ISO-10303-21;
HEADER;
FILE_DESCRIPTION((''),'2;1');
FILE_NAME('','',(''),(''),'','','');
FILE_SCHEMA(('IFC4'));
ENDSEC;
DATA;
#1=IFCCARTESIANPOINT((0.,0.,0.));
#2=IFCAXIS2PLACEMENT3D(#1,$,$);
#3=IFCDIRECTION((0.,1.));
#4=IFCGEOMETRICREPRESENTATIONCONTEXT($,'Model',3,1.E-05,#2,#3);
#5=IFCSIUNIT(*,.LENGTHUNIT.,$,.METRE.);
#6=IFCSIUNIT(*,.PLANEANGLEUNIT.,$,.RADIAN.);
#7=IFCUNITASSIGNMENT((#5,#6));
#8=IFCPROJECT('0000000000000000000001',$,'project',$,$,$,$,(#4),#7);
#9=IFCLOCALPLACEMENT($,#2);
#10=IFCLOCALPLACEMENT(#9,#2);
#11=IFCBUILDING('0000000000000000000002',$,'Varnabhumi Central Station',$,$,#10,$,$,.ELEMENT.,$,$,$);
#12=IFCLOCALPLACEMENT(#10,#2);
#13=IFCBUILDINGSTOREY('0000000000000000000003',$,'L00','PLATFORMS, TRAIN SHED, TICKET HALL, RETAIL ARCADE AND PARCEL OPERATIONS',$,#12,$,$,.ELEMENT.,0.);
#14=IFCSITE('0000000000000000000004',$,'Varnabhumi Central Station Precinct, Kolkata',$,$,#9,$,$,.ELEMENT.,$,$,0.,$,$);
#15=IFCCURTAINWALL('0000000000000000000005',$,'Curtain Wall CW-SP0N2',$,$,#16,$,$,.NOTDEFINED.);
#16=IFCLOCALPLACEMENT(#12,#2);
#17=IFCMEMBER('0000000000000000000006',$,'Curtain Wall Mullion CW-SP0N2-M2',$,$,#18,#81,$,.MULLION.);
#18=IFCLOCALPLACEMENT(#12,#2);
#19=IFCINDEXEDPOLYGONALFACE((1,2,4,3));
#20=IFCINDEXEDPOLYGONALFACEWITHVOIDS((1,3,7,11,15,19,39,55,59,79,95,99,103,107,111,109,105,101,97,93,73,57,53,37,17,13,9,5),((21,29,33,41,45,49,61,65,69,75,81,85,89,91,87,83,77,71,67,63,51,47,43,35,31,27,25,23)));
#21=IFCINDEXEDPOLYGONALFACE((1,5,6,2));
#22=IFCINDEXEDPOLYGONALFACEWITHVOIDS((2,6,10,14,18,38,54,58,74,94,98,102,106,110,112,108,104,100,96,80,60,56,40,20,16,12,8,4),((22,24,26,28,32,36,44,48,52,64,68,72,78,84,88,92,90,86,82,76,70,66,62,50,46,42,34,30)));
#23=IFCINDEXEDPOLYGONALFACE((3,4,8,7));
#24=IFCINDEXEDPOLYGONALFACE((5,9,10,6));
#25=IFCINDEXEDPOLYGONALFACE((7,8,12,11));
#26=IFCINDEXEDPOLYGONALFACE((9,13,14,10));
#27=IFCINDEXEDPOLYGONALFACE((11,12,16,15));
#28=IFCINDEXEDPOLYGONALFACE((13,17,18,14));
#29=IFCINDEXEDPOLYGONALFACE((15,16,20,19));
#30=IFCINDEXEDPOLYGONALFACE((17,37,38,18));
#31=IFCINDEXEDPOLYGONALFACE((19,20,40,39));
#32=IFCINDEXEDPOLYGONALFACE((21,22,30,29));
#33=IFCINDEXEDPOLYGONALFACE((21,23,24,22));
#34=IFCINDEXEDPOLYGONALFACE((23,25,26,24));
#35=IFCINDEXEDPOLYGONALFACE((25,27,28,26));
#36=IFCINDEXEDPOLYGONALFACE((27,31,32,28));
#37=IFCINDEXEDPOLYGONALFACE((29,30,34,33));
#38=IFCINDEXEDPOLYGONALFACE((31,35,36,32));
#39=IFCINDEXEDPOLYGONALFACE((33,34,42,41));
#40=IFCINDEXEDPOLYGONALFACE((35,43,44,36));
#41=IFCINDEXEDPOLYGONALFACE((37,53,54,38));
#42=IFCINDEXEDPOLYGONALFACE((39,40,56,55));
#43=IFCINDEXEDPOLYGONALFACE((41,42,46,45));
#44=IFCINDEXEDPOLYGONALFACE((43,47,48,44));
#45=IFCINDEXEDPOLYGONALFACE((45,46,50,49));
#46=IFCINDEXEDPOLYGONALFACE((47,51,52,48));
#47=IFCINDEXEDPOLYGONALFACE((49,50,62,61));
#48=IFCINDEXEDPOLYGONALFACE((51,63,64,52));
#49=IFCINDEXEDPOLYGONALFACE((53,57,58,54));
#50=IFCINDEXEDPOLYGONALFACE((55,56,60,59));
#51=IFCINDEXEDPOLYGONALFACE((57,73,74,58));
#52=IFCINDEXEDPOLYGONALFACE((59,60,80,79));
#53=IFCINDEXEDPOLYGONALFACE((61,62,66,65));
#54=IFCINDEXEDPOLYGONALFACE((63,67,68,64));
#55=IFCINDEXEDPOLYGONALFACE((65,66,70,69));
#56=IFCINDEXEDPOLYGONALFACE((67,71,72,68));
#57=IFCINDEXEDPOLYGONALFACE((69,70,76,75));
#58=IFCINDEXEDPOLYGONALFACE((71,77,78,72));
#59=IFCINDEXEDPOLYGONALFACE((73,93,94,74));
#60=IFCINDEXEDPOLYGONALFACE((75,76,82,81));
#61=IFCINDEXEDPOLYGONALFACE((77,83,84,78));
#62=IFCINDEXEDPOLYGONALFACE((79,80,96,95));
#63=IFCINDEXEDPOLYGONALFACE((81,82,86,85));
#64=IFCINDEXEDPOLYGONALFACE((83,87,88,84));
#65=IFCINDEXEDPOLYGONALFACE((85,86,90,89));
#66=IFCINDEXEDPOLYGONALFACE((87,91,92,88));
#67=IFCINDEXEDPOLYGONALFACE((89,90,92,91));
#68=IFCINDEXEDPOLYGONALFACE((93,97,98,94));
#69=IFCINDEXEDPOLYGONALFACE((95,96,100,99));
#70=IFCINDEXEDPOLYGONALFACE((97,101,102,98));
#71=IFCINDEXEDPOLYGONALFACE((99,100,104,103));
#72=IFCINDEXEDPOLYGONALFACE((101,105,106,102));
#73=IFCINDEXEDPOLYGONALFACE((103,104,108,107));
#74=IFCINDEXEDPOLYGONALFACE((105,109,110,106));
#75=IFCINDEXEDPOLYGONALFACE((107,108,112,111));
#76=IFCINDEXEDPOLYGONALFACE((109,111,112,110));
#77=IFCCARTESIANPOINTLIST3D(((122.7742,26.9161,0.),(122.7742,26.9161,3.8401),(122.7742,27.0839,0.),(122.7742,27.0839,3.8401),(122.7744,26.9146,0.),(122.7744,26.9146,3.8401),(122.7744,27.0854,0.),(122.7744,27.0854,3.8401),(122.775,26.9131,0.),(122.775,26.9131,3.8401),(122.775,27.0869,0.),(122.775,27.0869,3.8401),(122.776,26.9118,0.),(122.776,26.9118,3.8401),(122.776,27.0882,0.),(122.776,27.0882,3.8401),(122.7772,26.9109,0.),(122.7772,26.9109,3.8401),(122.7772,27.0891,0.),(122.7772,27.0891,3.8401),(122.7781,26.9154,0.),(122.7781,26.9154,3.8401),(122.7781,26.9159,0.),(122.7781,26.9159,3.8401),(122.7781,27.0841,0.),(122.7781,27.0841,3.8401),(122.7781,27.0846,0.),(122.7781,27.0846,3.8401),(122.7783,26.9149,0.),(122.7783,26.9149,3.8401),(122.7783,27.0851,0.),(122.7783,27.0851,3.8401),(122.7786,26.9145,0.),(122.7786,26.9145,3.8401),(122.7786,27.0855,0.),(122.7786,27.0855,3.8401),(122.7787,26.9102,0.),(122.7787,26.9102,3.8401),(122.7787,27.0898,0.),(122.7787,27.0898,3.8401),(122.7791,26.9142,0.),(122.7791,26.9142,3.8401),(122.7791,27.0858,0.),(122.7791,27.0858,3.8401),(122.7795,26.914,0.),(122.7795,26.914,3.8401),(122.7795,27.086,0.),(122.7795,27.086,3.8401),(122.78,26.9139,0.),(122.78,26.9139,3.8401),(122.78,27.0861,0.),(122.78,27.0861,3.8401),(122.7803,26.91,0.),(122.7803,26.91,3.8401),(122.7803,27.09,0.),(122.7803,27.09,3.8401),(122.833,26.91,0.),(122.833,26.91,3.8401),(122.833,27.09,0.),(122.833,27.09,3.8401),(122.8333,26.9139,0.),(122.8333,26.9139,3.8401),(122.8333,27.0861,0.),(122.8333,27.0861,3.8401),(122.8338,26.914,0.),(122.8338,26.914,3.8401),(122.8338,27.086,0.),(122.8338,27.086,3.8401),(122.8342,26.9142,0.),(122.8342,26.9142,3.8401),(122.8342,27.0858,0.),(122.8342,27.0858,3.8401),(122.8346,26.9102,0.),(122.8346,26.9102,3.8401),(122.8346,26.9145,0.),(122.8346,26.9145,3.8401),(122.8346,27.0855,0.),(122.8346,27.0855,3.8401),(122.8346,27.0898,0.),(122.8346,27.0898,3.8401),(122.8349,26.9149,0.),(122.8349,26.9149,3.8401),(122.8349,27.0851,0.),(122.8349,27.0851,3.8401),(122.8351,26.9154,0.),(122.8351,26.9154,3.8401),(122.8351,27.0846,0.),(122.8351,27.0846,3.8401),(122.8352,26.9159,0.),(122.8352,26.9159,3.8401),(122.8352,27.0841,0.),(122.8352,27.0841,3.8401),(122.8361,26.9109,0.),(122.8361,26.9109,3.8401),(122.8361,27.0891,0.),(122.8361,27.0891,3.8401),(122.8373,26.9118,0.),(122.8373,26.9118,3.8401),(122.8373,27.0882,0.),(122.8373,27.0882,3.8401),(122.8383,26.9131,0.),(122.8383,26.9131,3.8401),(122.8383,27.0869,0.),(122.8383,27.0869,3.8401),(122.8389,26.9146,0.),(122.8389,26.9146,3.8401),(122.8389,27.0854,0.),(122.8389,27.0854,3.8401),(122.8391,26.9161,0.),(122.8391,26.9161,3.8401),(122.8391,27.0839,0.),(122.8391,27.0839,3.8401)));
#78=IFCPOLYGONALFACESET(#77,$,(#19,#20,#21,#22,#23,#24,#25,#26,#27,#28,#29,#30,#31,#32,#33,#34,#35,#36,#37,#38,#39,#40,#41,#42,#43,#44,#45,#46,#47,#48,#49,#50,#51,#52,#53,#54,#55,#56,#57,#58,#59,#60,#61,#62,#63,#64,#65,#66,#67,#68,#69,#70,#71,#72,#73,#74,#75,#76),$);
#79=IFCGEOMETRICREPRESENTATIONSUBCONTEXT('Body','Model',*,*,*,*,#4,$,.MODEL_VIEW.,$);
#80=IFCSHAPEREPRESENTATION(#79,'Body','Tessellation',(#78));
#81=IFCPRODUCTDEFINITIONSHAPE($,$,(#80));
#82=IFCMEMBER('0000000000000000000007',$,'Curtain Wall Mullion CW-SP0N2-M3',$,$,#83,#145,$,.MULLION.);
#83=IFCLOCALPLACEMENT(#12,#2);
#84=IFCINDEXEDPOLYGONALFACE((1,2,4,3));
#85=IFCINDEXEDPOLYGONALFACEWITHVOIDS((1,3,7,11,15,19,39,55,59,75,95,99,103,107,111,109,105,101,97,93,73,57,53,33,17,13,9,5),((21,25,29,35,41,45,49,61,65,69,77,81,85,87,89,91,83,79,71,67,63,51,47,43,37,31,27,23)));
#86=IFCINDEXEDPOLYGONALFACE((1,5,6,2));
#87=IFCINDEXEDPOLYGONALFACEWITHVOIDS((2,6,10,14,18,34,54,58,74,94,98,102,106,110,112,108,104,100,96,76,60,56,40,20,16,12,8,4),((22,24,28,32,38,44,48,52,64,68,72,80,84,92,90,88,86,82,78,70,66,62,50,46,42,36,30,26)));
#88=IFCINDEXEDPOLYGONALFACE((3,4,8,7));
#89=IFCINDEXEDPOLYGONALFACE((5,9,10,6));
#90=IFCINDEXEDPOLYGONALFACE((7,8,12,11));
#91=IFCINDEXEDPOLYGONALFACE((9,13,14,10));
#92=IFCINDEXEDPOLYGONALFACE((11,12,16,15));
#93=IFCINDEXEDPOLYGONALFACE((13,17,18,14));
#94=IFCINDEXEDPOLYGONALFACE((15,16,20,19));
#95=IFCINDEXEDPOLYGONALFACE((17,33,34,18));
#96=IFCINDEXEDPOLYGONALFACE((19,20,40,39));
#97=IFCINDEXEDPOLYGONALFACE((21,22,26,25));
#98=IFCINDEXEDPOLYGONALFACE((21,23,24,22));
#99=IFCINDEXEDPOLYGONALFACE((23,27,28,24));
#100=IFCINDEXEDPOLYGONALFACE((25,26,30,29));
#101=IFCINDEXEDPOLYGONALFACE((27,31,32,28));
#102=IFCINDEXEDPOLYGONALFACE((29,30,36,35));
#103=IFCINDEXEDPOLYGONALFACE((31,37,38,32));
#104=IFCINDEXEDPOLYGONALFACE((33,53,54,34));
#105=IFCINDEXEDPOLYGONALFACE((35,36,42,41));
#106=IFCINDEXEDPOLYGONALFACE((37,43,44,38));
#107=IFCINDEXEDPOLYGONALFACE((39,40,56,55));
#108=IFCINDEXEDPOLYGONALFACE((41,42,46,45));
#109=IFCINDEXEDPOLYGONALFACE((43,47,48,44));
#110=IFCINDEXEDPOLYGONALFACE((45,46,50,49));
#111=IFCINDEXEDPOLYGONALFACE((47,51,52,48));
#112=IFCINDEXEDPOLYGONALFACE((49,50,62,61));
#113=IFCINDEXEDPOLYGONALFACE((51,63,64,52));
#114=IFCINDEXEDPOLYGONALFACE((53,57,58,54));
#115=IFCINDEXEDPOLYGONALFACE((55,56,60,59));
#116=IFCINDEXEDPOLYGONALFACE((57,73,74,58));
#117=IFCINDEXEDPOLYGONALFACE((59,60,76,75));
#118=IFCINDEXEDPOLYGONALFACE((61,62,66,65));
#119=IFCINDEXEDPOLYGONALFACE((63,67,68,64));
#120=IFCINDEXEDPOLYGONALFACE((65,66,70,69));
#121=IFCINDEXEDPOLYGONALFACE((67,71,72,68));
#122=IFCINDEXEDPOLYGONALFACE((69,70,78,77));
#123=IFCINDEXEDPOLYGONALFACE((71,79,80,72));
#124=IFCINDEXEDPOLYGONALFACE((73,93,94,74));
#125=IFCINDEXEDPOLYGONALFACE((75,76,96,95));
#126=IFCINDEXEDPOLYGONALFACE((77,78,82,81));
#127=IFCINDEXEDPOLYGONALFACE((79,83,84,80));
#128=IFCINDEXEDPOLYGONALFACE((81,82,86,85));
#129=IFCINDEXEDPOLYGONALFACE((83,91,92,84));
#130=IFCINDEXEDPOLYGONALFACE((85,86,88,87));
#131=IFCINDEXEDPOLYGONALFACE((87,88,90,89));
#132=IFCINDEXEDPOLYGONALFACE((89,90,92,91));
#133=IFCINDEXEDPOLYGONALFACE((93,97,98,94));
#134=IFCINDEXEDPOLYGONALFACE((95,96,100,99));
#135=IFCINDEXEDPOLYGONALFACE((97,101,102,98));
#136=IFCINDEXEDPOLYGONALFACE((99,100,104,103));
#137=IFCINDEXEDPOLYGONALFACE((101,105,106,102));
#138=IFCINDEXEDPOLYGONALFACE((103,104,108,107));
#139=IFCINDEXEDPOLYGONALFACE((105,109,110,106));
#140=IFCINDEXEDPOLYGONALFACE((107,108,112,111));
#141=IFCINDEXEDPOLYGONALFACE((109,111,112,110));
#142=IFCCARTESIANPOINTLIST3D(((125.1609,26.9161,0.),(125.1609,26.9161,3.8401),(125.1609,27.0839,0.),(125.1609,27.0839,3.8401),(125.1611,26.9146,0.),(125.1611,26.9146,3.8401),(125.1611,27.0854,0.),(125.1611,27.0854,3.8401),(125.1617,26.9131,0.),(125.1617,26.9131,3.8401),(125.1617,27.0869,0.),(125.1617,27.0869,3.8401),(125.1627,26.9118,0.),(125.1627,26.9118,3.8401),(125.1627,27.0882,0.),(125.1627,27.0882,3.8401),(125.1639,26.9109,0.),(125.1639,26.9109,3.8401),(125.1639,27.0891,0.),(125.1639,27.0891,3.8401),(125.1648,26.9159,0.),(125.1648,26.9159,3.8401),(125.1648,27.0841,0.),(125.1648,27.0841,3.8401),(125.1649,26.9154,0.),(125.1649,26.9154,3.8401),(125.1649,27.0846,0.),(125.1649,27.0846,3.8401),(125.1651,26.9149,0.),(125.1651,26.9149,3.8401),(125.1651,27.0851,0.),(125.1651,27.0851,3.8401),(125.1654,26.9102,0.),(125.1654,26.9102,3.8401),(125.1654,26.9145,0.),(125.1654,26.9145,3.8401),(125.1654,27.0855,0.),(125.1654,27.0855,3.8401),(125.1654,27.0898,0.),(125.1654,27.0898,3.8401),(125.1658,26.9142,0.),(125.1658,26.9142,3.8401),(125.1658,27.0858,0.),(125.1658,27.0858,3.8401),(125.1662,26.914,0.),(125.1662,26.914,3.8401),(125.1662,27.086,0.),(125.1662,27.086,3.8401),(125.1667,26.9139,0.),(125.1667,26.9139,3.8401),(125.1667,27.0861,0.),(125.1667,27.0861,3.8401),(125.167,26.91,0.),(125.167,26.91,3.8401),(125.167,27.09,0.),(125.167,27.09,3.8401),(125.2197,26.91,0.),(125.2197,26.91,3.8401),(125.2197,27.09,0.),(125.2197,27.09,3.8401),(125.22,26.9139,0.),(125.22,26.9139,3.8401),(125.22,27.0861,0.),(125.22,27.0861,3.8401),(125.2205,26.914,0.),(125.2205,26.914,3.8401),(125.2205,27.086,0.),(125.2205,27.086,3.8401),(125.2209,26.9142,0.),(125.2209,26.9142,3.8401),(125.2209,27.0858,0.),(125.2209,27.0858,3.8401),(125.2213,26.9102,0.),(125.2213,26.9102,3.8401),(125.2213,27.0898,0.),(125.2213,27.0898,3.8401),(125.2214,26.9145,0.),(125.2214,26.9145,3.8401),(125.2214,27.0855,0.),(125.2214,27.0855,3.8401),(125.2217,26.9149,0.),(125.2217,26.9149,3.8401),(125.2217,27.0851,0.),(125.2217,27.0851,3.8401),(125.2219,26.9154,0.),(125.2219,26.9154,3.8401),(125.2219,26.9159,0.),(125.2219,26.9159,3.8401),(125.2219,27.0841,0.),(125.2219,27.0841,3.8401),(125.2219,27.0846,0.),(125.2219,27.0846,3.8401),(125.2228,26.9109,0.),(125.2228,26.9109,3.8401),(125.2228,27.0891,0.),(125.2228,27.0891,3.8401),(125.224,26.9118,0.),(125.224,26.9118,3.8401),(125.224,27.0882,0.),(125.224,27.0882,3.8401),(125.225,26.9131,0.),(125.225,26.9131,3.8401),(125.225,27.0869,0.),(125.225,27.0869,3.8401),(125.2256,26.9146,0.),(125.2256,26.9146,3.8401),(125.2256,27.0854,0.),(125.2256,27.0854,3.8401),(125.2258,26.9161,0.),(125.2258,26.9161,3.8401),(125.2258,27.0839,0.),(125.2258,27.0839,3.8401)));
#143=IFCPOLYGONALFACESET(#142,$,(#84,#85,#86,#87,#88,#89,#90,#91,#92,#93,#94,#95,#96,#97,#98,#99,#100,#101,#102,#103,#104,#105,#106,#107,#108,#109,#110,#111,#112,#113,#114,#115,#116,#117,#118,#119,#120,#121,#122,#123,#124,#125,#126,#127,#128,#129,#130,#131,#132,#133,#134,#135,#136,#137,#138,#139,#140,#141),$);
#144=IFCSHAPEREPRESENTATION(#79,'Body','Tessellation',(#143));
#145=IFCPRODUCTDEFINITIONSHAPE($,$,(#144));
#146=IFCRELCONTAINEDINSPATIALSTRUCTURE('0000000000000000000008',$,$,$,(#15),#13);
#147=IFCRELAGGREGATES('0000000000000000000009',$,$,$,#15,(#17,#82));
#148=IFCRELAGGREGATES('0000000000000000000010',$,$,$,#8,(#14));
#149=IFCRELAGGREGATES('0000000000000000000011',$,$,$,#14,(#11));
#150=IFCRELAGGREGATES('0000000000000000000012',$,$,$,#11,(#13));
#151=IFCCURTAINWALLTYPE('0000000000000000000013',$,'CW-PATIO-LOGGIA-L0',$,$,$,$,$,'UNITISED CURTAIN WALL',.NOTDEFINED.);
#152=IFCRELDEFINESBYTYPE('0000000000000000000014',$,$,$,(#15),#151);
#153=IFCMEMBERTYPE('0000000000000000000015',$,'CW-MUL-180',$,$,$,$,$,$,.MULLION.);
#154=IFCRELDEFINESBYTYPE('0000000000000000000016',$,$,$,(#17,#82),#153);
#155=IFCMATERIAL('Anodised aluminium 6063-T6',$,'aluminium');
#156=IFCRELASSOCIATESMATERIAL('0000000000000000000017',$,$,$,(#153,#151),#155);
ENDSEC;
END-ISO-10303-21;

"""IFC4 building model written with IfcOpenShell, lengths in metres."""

from ifc_helpers import new_model, si_unit, direction, frame, origin, origin_2d, place, context, subcontext, project, spatial, hollow_rectangle, extrude, material, material_profile, profile_set, type_object, element, aggregate, save


model = new_model("IFC4")

# Units and contexts
model_context = context("Model", 3, precision=1e-05, world=origin(), true_north=direction((0.0, 1.0)))
body_context = subcontext(model_context, "Body", "Model", "MODEL_VIEW")
ifc_project = project(units=[si_unit("LENGTHUNIT", "METRE"), si_unit("PLANEANGLEUNIT", "RADIAN")], contexts=[model_context])

# Site, building, storey
site_placement = place(None, origin())
site = spatial("IfcSite", under=ifc_project, at=site_placement, Name="Varnabhumi Central Station Precinct, Kolkata", CompositionType="ELEMENT", RefElevation=0.0)
building_placement = place(site_placement, origin())
building = spatial("IfcBuilding", under=site, at=building_placement, Name="Varnabhumi Central Station", CompositionType="ELEMENT")
storey_placement = place(building_placement, origin())
storey = spatial("IfcBuildingStorey", under=building, at=storey_placement, Name="L00", Description="PLATFORMS, TRAIN SHED, TICKET HALL, RETAIL ARCADE AND PARCEL OPERATIONS", CompositionType="ELEMENT", Elevation=0.0)

# Shared definitions
ifc_material_1 = material(Name="Anodised aluminium 6063-T6", Category="aluminium")
ifc_material_profile_1 = material_profile(ifc_material_1, hollow_rectangle(XDim=0.0649, YDim=0.1799, WallThickness=0.0039, InnerFilletRadius=0.002, OuterFilletRadius=0.0061, at=origin_2d()), Name="Anodised aluminium 6063-T6", Category="aluminium")
ifc_profile_set_1 = profile_set([ifc_material_profile_1], Name="Anodised aluminium 6063-T6")
member_type = type_object("IfcMemberType", Name="CW-MUL-180", PredefinedType="MULLION", material=ifc_profile_set_1)

# Curtain wall, members
curtain_wall_type_1 = type_object("IfcCurtainWallType", Name="CW-PATIO-LOGGIA-L0", ElementType="UNITISED CURTAIN WALL", PredefinedType="NOTDEFINED", material=ifc_material_1)
curtain_wall_1_placement = place(storey_placement, origin())
curtain_wall_1 = element("IfcCurtainWall", 1, at=curtain_wall_1_placement, inside=storey, type_object=curtain_wall_type_1, Name="Curtain Wall CW-SP0N2", PredefinedType="NOTDEFINED")
member_1_placement = place(storey_placement, frame((122.8066, 27.0, 0.0), z_axis=(0.0, 0.0, 1.0), x_axis=(1.0, 0.0, 0.0)))
member_1 = element("IfcMember", 2, at=member_1_placement, type_object=member_type, Name="Curtain Wall Mullion CW-SP0N2-M2", PredefinedType="MULLION", context=body_context, shape_type="SweptSolid", body=[
    extrude(hollow_rectangle(XDim=0.0649, YDim=0.1799, WallThickness=0.0039, InnerFilletRadius=0.002, OuterFilletRadius=0.0061, at=origin_2d()), origin(), (0.0, 0.0, 1.0), 3.8401),
])
member_2_placement = place(storey_placement, frame((125.1934, 27.0, 0.0), z_axis=(0.0, 0.0, 1.0), x_axis=(1.0, 0.0, 0.0)))
member_2 = element("IfcMember", 3, at=member_2_placement, type_object=member_type, Name="Curtain Wall Mullion CW-SP0N2-M3", PredefinedType="MULLION", context=body_context, shape_type="SweptSolid", body=[
    extrude(hollow_rectangle(XDim=0.0649, YDim=0.1799, WallThickness=0.0039, InnerFilletRadius=0.002, OuterFilletRadius=0.0061, at=origin_2d()), origin(), (0.0, 0.0, 1.0), 3.8401),
])
aggregate(curtain_wall_1, [member_1, member_2])

save(model, "model.ifc")
